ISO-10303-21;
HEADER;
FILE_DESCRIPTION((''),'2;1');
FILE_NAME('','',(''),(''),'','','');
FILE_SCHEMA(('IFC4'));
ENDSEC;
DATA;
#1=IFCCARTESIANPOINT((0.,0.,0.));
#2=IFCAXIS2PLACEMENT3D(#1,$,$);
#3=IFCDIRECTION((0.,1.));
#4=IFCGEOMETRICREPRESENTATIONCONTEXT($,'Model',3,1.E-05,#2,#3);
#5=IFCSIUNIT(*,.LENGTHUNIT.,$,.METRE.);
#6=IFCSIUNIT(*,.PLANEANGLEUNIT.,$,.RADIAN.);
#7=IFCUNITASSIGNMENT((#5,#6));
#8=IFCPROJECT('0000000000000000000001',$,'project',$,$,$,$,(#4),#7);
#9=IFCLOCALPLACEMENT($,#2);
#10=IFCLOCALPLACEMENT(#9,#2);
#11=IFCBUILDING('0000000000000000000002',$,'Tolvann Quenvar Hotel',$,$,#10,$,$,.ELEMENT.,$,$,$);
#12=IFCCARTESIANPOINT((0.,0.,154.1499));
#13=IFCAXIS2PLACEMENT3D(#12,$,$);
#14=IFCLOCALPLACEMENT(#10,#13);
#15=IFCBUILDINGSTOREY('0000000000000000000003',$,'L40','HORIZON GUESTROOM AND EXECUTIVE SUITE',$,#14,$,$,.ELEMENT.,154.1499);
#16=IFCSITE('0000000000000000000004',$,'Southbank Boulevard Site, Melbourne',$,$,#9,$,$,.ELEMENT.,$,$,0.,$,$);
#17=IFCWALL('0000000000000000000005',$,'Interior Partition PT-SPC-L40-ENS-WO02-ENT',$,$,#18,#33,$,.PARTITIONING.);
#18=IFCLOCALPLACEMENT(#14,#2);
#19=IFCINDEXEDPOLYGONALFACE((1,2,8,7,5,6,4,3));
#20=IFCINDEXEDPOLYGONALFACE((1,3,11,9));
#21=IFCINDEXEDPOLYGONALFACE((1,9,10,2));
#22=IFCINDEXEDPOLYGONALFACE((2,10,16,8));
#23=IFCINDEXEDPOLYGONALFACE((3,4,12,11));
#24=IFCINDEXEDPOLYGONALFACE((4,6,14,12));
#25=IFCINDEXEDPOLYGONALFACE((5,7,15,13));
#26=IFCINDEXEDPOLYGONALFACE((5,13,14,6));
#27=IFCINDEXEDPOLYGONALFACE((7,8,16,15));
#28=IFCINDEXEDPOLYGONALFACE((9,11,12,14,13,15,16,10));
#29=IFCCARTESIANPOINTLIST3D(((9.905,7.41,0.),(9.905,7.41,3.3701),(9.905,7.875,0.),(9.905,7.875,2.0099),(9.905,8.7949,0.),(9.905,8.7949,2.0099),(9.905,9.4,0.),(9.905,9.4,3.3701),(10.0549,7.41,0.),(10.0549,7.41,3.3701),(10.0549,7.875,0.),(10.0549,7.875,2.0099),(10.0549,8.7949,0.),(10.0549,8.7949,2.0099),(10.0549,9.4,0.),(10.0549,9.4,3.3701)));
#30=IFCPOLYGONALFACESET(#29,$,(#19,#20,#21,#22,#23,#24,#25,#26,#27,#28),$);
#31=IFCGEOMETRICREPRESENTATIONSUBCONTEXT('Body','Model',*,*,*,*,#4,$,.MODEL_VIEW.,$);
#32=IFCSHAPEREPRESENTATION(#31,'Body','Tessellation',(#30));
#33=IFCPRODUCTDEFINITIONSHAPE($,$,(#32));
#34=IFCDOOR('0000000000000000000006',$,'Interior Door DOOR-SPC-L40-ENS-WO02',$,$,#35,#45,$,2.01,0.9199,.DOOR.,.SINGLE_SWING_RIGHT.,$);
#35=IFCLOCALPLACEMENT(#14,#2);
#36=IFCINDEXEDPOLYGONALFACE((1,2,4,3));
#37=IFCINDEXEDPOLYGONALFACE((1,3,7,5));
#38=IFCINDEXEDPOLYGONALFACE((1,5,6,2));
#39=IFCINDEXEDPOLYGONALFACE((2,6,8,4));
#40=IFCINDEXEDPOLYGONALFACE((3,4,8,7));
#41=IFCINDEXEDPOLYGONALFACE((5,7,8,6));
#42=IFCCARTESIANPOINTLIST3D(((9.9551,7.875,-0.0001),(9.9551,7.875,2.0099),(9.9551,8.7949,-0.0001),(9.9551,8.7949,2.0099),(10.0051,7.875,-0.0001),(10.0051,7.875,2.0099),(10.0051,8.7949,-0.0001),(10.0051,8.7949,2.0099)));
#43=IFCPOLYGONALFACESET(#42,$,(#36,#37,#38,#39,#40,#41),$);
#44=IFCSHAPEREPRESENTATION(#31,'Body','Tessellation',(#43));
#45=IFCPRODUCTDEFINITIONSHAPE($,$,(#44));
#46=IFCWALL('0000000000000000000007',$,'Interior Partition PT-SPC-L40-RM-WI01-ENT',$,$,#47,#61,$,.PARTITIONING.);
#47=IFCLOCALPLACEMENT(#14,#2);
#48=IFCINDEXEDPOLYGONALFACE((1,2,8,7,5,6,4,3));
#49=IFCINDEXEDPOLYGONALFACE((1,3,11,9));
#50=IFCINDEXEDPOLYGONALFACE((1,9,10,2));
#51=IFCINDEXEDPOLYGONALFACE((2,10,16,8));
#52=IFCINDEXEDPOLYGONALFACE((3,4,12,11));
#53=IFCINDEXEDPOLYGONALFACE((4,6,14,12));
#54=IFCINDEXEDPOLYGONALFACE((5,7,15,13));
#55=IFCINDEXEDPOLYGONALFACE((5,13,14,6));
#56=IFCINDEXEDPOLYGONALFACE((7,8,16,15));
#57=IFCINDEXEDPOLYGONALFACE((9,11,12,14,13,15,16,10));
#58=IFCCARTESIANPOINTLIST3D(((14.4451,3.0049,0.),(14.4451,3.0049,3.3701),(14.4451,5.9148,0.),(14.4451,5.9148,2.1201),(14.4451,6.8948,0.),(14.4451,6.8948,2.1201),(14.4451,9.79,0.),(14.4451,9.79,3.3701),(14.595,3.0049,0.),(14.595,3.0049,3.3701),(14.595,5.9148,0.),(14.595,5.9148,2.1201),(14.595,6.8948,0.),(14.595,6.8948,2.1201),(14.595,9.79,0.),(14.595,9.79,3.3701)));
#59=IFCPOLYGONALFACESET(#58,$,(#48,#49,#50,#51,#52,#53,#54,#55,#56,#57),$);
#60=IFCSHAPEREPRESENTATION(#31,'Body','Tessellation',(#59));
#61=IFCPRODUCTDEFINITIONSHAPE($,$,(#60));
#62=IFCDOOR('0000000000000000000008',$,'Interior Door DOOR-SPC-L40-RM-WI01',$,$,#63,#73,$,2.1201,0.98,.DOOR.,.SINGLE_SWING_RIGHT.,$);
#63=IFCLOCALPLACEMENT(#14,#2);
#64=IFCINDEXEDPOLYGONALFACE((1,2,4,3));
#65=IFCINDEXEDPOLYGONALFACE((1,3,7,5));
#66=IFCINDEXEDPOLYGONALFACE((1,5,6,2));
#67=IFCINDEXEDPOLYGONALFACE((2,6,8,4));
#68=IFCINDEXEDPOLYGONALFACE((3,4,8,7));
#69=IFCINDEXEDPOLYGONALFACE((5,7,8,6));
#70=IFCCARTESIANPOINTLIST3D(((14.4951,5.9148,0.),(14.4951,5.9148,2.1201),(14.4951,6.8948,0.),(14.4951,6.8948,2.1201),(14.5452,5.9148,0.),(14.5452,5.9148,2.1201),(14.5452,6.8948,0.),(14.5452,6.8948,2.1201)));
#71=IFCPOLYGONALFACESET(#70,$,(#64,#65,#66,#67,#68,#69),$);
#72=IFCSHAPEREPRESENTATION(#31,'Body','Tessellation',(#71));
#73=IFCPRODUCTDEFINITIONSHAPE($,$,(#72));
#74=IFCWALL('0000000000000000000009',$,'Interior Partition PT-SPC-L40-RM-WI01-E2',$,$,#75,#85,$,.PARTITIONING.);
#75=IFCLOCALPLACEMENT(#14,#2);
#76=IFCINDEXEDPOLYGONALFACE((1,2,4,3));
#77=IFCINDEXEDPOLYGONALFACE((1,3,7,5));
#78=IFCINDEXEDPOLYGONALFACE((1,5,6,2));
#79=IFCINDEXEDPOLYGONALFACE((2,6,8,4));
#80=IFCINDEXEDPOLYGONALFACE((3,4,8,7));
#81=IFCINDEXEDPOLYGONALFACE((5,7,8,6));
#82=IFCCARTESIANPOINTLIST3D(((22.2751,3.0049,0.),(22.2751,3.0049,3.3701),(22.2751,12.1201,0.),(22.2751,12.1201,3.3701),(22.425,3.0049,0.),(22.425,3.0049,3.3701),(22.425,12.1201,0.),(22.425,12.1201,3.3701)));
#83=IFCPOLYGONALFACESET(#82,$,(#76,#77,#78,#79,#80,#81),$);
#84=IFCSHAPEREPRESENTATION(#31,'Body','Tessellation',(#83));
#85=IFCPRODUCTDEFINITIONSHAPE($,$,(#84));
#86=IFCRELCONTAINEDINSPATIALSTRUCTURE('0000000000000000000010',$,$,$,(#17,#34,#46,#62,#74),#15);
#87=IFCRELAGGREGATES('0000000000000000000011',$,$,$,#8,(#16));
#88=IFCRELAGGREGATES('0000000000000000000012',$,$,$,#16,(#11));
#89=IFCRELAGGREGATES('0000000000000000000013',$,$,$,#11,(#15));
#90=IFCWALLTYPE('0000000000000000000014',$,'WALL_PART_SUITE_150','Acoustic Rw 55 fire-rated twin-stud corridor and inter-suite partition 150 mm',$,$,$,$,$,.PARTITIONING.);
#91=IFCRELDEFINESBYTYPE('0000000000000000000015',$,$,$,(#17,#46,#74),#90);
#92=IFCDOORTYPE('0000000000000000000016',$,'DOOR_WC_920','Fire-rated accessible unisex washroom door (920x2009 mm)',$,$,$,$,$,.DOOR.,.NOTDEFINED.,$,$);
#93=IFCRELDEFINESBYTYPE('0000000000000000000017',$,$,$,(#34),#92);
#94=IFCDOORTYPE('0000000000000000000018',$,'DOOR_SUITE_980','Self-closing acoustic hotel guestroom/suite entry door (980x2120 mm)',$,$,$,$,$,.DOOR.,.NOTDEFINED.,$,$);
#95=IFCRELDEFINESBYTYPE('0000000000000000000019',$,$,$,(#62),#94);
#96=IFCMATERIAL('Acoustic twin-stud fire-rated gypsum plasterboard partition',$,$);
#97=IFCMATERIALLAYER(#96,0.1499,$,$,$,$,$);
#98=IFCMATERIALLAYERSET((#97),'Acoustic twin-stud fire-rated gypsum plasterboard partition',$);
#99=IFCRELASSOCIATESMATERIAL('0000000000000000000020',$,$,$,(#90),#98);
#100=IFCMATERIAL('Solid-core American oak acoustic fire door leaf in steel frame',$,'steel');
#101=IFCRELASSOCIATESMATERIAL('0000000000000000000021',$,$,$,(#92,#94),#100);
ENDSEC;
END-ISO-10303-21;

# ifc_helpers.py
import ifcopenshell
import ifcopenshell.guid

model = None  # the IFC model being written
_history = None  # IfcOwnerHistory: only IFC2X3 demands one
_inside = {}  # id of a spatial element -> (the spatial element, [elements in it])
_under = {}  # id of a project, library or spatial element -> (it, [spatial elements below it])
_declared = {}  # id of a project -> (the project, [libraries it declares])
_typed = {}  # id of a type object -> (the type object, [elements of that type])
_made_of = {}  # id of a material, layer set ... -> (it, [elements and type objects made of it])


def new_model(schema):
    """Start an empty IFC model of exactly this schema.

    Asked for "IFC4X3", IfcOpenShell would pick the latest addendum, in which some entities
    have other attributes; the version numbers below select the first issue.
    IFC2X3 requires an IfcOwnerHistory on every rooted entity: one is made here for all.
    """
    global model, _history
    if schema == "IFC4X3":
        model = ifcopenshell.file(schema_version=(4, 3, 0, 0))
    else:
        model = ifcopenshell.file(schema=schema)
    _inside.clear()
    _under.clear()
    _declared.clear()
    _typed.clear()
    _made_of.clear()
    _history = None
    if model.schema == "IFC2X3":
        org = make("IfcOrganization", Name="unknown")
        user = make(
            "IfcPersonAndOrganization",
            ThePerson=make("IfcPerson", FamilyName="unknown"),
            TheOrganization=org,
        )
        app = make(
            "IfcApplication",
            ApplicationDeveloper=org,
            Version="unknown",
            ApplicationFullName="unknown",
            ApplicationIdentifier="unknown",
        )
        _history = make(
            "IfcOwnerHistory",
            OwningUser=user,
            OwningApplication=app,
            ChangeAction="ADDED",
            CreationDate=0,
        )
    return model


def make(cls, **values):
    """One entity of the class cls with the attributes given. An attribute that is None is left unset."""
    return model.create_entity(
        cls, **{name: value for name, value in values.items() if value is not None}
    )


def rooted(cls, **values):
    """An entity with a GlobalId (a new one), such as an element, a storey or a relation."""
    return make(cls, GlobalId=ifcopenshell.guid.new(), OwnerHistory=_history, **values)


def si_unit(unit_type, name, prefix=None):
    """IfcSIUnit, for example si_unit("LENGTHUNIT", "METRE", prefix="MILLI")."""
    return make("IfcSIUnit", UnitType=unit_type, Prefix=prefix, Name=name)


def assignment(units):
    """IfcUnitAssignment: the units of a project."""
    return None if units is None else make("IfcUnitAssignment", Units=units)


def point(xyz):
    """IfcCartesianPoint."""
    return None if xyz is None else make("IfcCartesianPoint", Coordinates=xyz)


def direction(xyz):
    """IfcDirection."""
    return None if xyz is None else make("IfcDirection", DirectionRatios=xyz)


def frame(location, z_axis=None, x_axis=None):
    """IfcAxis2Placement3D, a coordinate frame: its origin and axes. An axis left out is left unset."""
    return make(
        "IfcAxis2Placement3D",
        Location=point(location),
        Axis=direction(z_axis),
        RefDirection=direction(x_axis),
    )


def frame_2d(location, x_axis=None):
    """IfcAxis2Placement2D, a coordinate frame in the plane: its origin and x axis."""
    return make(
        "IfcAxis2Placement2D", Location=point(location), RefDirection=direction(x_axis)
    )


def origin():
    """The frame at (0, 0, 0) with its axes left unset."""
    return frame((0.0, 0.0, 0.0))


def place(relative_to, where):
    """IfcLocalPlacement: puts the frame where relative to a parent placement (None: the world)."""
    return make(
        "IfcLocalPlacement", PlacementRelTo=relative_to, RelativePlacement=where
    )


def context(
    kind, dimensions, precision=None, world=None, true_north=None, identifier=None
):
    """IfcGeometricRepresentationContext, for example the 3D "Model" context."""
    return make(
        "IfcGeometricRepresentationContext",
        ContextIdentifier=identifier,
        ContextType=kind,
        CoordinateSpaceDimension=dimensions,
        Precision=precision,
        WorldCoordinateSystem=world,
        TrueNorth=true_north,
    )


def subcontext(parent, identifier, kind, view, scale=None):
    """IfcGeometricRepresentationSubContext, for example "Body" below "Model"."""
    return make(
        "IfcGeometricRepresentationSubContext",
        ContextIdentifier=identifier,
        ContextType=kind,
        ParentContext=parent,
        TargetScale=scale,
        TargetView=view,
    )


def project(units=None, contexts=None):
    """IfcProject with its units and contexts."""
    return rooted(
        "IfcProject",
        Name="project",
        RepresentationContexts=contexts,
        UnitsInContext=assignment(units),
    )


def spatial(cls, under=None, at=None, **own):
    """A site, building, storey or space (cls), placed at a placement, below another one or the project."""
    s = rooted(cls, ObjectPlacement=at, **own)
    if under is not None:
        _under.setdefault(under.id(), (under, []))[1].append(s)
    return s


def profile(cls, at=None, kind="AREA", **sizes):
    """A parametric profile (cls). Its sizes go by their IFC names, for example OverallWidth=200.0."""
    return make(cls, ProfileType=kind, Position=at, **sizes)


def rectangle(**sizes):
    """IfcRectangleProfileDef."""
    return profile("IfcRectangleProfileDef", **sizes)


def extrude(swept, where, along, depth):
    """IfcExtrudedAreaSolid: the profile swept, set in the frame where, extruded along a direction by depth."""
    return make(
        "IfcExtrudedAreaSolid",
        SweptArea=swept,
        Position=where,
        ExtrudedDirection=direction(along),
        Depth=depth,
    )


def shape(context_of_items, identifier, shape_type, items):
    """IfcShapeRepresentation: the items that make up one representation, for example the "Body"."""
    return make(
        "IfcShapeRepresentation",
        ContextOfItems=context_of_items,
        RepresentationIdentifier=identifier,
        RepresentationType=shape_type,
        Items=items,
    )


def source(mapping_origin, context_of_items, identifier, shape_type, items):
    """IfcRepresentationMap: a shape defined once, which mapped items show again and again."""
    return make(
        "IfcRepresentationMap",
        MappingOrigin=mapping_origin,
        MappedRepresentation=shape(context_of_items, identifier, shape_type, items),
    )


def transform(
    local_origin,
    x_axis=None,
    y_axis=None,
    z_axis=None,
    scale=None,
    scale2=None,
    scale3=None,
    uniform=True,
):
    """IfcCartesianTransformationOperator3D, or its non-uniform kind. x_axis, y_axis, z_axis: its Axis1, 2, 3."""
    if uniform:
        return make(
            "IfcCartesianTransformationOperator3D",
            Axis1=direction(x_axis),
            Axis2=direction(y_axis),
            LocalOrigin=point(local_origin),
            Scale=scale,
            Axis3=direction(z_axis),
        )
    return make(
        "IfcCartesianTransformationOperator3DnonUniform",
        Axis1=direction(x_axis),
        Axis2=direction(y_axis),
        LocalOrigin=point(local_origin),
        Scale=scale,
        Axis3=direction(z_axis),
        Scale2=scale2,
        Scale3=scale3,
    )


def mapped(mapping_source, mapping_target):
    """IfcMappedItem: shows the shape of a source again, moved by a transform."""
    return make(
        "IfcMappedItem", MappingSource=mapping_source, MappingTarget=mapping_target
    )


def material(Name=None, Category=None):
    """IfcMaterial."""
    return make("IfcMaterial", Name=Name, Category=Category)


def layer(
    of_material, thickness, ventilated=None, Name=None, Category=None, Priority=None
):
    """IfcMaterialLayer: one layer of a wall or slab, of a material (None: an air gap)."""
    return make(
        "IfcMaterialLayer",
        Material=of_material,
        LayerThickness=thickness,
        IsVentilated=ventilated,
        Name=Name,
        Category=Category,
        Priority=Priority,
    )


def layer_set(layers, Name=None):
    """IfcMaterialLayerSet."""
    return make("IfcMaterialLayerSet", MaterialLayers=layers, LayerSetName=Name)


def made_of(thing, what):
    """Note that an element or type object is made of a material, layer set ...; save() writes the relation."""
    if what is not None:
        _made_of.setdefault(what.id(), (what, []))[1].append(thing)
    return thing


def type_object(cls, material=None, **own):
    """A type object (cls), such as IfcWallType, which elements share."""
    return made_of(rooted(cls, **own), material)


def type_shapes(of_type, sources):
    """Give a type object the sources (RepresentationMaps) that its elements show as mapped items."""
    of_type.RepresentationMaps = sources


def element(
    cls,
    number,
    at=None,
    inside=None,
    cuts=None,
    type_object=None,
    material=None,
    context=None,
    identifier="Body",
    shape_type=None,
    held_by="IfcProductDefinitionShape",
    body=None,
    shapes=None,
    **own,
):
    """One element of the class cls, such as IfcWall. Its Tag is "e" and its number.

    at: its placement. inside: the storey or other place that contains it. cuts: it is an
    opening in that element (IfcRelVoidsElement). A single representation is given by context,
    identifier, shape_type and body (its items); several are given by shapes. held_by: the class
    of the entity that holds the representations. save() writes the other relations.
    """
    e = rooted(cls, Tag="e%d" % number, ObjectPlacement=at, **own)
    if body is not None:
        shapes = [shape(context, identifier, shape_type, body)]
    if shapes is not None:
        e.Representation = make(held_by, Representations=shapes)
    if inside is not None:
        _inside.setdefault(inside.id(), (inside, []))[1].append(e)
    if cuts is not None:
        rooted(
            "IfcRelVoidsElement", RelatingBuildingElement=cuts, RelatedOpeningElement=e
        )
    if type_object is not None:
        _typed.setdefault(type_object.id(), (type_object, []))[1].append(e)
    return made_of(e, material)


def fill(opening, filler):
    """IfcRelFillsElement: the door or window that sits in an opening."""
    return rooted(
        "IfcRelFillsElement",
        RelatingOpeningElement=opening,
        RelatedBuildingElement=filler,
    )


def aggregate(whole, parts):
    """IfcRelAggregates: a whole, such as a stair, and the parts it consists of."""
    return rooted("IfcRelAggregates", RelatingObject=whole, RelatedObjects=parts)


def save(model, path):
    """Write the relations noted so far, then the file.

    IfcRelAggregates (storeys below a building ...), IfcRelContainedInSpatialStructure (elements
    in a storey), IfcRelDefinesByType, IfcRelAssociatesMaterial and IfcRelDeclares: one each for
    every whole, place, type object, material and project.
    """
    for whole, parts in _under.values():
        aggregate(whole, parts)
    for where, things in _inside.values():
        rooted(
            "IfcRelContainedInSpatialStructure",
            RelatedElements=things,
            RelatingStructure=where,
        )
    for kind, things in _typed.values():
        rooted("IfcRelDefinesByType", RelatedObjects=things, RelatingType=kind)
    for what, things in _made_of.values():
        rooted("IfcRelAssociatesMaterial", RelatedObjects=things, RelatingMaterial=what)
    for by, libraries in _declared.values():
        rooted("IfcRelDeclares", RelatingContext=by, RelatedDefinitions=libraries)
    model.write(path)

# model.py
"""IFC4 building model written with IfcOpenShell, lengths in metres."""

from ifc_helpers import new_model, si_unit, direction, frame, frame_2d, origin, place, context, subcontext, project, spatial, rectangle, extrude, source, transform, mapped, material, layer, layer_set, type_object, type_shapes, element, fill, save


model = new_model("IFC4")

# Units and contexts
model_context = context("Model", 3, precision=1e-05, world=origin(), true_north=direction((0.0, 1.0)))
body_context = subcontext(model_context, "Body", "Model", "MODEL_VIEW")
ifc_project = project(units=[si_unit("LENGTHUNIT", "METRE"), si_unit("PLANEANGLEUNIT", "RADIAN")], contexts=[model_context])

# Site, building, storey
site_placement = place(None, origin())
site = spatial("IfcSite", under=ifc_project, at=site_placement, Name="Southbank Boulevard Site, Melbourne", CompositionType="ELEMENT", RefElevation=0.0)
building_placement = place(site_placement, origin())
building = spatial("IfcBuilding", under=site, at=building_placement, Name="Tolvann Quenvar Hotel", CompositionType="ELEMENT")
storey_placement = place(building_placement, frame((0.0, 0.0, 154.1499)))
storey = spatial("IfcBuildingStorey", under=building, at=storey_placement, Name="L40", Description="HORIZON GUESTROOM AND EXECUTIVE SUITE", CompositionType="ELEMENT", Elevation=154.1499)

# Walls, openings, doors
ifc_material_1 = material(Name="Acoustic twin-stud fire-rated gypsum plasterboard partition")
ifc_layer_1 = layer(ifc_material_1, 0.1499)
ifc_layer_set_1 = layer_set([ifc_layer_1], Name="Acoustic twin-stud fire-rated gypsum plasterboard partition")
wall_type_1 = type_object("IfcWallType", Name="WALL_PART_SUITE_150", Description="Acoustic Rw 55 fire-rated twin-stud corridor and inter-suite partition 150 mm", PredefinedType="PARTITIONING", material=ifc_layer_set_1)
ifc_material_2 = material(Name="Solid-core American oak acoustic fire door leaf in steel frame", Category="steel")
door_type_1 = type_object("IfcDoorType", Name="DOOR_WC_920", Description="Fire-rated accessible unisex washroom door (920x2009 mm)", OperationType="NOTDEFINED", PredefinedType="DOOR", material=ifc_material_2)
shared_shape_1 = source(origin(), body_context, "Body", "SweptSolid", [
    extrude(rectangle(XDim=0.9199, YDim=2.01, at=frame_2d((0.46, 1.0049))), frame((0.0, 0.0249, 0.0), z_axis=(0.0, -1.0, 0.0), x_axis=(1.0, 0.0, 0.0)), (0.0, 0.0, 1.0), 0.05),
])
type_shapes(door_type_1, [shared_shape_1])
wall_1_placement = place(storey_placement, frame((9.98, 7.4099, 0.0), z_axis=(0.0, 0.0, 1.0), x_axis=(0.0, 1.0, 0.0)))
wall_1 = element("IfcWall", 1, at=wall_1_placement, inside=storey, type_object=wall_type_1, Name="Interior Partition PT-SPC-L40-ENS-WO02-ENT", PredefinedType="PARTITIONING", context=body_context, shape_type="SweptSolid", body=[
    extrude(rectangle(XDim=1.99, YDim=0.1499, at=frame_2d((0.9951, 0.0))), origin(), (0.0, 0.0, 1.0), 3.3701),
])
opening_1_placement = place(wall_1_placement, frame((0.4651, 0.0, 0.0)))
opening_1 = element("IfcOpeningElement", 2, at=opening_1_placement, cuts=wall_1, PredefinedType="OPENING", context=body_context, shape_type="SweptSolid", body=[
    extrude(rectangle(XDim=0.9199, YDim=2.01, at=frame_2d((0.46, 1.0049))), frame((0.0, 0.085, 0.0), z_axis=(0.0, -1.0, 0.0), x_axis=(1.0, 0.0, 0.0)), (0.0, 0.0, 1.0), 0.1699),
])
door_1_placement = place(opening_1_placement, origin())
door_1 = element("IfcDoor", 3, at=door_1_placement, inside=storey, type_object=door_type_1, Name="Interior Door DOOR-SPC-L40-ENS-WO02", OperationType="SINGLE_SWING_RIGHT", OverallHeight=2.01, OverallWidth=0.9199, PredefinedType="DOOR", context=body_context, shape_type="MappedRepresentation", body=[
    mapped(shared_shape_1, transform((0.0, 0.0, 0.0), x_axis=(1.0, 0.0, 0.0), y_axis=(0.0, 1.0, 0.0), z_axis=(0.0, 0.0, 1.0), scale=1.0)),
])
fill(opening_1, door_1)
door_type_2 = type_object("IfcDoorType", Name="DOOR_SUITE_980", Description="Self-closing acoustic hotel guestroom/suite entry door (980x2120 mm)", OperationType="NOTDEFINED", PredefinedType="DOOR", material=ifc_material_2)
shared_shape_2 = source(origin(), body_context, "Body", "SweptSolid", [
    extrude(rectangle(XDim=0.98, YDim=2.1201, at=frame_2d((0.49, 1.0601))), frame((0.0, 0.0249, 0.0), z_axis=(0.0, -1.0, 0.0), x_axis=(1.0, 0.0, 0.0)), (0.0, 0.0, 1.0), 0.05),
])
type_shapes(door_type_2, [shared_shape_2])
wall_2_placement = place(storey_placement, frame((14.52, 3.0049, 0.0), z_axis=(0.0, 0.0, 1.0), x_axis=(0.0, 1.0, 0.0)))
wall_2 = element("IfcWall", 4, at=wall_2_placement, inside=storey, type_object=wall_type_1, Name="Interior Partition PT-SPC-L40-RM-WI01-ENT", PredefinedType="PARTITIONING", context=body_context, shape_type="SweptSolid", body=[
    extrude(rectangle(XDim=6.7852, YDim=0.1499, at=frame_2d((3.3926, 0.0))), origin(), (0.0, 0.0, 1.0), 3.3701),
])
opening_2_placement = place(wall_2_placement, frame((2.9099, 0.0, 0.0)))
opening_2 = element("IfcOpeningElement", 5, at=opening_2_placement, cuts=wall_2, PredefinedType="OPENING", context=body_context, shape_type="SweptSolid", body=[
    extrude(rectangle(XDim=0.98, YDim=2.1201, at=frame_2d((0.49, 1.0601))), frame((0.0, 0.085, 0.0), z_axis=(0.0, -1.0, 0.0), x_axis=(1.0, 0.0, 0.0)), (0.0, 0.0, 1.0), 0.1699),
])
door_2_placement = place(opening_2_placement, origin())
door_2 = element("IfcDoor", 6, at=door_2_placement, inside=storey, type_object=door_type_2, Name="Interior Door DOOR-SPC-L40-RM-WI01", OperationType="SINGLE_SWING_RIGHT", OverallHeight=2.1201, OverallWidth=0.98, PredefinedType="DOOR", context=body_context, shape_type="MappedRepresentation", body=[
    mapped(shared_shape_2, transform((0.0, 0.0, 0.0), x_axis=(1.0, 0.0, 0.0), y_axis=(0.0, 1.0, 0.0), z_axis=(0.0, 0.0, 1.0), scale=1.0)),
])
fill(opening_2, door_2)

# Wall
wall_3_placement = place(storey_placement, frame((22.3501, 3.0049, 0.0), z_axis=(0.0, 0.0, 1.0), x_axis=(0.0, 1.0, 0.0)))
element("IfcWall", 7, at=wall_3_placement, inside=storey, type_object=wall_type_1, Name="Interior Partition PT-SPC-L40-RM-WI01-E2", PredefinedType="PARTITIONING", context=body_context, shape_type="SweptSolid", body=[
    extrude(rectangle(XDim=9.1152, YDim=0.1499, at=frame_2d((4.5576, 0.0))), origin(), (0.0, 0.0, 1.0), 3.3701),
])

save(model, "model.ifc")
